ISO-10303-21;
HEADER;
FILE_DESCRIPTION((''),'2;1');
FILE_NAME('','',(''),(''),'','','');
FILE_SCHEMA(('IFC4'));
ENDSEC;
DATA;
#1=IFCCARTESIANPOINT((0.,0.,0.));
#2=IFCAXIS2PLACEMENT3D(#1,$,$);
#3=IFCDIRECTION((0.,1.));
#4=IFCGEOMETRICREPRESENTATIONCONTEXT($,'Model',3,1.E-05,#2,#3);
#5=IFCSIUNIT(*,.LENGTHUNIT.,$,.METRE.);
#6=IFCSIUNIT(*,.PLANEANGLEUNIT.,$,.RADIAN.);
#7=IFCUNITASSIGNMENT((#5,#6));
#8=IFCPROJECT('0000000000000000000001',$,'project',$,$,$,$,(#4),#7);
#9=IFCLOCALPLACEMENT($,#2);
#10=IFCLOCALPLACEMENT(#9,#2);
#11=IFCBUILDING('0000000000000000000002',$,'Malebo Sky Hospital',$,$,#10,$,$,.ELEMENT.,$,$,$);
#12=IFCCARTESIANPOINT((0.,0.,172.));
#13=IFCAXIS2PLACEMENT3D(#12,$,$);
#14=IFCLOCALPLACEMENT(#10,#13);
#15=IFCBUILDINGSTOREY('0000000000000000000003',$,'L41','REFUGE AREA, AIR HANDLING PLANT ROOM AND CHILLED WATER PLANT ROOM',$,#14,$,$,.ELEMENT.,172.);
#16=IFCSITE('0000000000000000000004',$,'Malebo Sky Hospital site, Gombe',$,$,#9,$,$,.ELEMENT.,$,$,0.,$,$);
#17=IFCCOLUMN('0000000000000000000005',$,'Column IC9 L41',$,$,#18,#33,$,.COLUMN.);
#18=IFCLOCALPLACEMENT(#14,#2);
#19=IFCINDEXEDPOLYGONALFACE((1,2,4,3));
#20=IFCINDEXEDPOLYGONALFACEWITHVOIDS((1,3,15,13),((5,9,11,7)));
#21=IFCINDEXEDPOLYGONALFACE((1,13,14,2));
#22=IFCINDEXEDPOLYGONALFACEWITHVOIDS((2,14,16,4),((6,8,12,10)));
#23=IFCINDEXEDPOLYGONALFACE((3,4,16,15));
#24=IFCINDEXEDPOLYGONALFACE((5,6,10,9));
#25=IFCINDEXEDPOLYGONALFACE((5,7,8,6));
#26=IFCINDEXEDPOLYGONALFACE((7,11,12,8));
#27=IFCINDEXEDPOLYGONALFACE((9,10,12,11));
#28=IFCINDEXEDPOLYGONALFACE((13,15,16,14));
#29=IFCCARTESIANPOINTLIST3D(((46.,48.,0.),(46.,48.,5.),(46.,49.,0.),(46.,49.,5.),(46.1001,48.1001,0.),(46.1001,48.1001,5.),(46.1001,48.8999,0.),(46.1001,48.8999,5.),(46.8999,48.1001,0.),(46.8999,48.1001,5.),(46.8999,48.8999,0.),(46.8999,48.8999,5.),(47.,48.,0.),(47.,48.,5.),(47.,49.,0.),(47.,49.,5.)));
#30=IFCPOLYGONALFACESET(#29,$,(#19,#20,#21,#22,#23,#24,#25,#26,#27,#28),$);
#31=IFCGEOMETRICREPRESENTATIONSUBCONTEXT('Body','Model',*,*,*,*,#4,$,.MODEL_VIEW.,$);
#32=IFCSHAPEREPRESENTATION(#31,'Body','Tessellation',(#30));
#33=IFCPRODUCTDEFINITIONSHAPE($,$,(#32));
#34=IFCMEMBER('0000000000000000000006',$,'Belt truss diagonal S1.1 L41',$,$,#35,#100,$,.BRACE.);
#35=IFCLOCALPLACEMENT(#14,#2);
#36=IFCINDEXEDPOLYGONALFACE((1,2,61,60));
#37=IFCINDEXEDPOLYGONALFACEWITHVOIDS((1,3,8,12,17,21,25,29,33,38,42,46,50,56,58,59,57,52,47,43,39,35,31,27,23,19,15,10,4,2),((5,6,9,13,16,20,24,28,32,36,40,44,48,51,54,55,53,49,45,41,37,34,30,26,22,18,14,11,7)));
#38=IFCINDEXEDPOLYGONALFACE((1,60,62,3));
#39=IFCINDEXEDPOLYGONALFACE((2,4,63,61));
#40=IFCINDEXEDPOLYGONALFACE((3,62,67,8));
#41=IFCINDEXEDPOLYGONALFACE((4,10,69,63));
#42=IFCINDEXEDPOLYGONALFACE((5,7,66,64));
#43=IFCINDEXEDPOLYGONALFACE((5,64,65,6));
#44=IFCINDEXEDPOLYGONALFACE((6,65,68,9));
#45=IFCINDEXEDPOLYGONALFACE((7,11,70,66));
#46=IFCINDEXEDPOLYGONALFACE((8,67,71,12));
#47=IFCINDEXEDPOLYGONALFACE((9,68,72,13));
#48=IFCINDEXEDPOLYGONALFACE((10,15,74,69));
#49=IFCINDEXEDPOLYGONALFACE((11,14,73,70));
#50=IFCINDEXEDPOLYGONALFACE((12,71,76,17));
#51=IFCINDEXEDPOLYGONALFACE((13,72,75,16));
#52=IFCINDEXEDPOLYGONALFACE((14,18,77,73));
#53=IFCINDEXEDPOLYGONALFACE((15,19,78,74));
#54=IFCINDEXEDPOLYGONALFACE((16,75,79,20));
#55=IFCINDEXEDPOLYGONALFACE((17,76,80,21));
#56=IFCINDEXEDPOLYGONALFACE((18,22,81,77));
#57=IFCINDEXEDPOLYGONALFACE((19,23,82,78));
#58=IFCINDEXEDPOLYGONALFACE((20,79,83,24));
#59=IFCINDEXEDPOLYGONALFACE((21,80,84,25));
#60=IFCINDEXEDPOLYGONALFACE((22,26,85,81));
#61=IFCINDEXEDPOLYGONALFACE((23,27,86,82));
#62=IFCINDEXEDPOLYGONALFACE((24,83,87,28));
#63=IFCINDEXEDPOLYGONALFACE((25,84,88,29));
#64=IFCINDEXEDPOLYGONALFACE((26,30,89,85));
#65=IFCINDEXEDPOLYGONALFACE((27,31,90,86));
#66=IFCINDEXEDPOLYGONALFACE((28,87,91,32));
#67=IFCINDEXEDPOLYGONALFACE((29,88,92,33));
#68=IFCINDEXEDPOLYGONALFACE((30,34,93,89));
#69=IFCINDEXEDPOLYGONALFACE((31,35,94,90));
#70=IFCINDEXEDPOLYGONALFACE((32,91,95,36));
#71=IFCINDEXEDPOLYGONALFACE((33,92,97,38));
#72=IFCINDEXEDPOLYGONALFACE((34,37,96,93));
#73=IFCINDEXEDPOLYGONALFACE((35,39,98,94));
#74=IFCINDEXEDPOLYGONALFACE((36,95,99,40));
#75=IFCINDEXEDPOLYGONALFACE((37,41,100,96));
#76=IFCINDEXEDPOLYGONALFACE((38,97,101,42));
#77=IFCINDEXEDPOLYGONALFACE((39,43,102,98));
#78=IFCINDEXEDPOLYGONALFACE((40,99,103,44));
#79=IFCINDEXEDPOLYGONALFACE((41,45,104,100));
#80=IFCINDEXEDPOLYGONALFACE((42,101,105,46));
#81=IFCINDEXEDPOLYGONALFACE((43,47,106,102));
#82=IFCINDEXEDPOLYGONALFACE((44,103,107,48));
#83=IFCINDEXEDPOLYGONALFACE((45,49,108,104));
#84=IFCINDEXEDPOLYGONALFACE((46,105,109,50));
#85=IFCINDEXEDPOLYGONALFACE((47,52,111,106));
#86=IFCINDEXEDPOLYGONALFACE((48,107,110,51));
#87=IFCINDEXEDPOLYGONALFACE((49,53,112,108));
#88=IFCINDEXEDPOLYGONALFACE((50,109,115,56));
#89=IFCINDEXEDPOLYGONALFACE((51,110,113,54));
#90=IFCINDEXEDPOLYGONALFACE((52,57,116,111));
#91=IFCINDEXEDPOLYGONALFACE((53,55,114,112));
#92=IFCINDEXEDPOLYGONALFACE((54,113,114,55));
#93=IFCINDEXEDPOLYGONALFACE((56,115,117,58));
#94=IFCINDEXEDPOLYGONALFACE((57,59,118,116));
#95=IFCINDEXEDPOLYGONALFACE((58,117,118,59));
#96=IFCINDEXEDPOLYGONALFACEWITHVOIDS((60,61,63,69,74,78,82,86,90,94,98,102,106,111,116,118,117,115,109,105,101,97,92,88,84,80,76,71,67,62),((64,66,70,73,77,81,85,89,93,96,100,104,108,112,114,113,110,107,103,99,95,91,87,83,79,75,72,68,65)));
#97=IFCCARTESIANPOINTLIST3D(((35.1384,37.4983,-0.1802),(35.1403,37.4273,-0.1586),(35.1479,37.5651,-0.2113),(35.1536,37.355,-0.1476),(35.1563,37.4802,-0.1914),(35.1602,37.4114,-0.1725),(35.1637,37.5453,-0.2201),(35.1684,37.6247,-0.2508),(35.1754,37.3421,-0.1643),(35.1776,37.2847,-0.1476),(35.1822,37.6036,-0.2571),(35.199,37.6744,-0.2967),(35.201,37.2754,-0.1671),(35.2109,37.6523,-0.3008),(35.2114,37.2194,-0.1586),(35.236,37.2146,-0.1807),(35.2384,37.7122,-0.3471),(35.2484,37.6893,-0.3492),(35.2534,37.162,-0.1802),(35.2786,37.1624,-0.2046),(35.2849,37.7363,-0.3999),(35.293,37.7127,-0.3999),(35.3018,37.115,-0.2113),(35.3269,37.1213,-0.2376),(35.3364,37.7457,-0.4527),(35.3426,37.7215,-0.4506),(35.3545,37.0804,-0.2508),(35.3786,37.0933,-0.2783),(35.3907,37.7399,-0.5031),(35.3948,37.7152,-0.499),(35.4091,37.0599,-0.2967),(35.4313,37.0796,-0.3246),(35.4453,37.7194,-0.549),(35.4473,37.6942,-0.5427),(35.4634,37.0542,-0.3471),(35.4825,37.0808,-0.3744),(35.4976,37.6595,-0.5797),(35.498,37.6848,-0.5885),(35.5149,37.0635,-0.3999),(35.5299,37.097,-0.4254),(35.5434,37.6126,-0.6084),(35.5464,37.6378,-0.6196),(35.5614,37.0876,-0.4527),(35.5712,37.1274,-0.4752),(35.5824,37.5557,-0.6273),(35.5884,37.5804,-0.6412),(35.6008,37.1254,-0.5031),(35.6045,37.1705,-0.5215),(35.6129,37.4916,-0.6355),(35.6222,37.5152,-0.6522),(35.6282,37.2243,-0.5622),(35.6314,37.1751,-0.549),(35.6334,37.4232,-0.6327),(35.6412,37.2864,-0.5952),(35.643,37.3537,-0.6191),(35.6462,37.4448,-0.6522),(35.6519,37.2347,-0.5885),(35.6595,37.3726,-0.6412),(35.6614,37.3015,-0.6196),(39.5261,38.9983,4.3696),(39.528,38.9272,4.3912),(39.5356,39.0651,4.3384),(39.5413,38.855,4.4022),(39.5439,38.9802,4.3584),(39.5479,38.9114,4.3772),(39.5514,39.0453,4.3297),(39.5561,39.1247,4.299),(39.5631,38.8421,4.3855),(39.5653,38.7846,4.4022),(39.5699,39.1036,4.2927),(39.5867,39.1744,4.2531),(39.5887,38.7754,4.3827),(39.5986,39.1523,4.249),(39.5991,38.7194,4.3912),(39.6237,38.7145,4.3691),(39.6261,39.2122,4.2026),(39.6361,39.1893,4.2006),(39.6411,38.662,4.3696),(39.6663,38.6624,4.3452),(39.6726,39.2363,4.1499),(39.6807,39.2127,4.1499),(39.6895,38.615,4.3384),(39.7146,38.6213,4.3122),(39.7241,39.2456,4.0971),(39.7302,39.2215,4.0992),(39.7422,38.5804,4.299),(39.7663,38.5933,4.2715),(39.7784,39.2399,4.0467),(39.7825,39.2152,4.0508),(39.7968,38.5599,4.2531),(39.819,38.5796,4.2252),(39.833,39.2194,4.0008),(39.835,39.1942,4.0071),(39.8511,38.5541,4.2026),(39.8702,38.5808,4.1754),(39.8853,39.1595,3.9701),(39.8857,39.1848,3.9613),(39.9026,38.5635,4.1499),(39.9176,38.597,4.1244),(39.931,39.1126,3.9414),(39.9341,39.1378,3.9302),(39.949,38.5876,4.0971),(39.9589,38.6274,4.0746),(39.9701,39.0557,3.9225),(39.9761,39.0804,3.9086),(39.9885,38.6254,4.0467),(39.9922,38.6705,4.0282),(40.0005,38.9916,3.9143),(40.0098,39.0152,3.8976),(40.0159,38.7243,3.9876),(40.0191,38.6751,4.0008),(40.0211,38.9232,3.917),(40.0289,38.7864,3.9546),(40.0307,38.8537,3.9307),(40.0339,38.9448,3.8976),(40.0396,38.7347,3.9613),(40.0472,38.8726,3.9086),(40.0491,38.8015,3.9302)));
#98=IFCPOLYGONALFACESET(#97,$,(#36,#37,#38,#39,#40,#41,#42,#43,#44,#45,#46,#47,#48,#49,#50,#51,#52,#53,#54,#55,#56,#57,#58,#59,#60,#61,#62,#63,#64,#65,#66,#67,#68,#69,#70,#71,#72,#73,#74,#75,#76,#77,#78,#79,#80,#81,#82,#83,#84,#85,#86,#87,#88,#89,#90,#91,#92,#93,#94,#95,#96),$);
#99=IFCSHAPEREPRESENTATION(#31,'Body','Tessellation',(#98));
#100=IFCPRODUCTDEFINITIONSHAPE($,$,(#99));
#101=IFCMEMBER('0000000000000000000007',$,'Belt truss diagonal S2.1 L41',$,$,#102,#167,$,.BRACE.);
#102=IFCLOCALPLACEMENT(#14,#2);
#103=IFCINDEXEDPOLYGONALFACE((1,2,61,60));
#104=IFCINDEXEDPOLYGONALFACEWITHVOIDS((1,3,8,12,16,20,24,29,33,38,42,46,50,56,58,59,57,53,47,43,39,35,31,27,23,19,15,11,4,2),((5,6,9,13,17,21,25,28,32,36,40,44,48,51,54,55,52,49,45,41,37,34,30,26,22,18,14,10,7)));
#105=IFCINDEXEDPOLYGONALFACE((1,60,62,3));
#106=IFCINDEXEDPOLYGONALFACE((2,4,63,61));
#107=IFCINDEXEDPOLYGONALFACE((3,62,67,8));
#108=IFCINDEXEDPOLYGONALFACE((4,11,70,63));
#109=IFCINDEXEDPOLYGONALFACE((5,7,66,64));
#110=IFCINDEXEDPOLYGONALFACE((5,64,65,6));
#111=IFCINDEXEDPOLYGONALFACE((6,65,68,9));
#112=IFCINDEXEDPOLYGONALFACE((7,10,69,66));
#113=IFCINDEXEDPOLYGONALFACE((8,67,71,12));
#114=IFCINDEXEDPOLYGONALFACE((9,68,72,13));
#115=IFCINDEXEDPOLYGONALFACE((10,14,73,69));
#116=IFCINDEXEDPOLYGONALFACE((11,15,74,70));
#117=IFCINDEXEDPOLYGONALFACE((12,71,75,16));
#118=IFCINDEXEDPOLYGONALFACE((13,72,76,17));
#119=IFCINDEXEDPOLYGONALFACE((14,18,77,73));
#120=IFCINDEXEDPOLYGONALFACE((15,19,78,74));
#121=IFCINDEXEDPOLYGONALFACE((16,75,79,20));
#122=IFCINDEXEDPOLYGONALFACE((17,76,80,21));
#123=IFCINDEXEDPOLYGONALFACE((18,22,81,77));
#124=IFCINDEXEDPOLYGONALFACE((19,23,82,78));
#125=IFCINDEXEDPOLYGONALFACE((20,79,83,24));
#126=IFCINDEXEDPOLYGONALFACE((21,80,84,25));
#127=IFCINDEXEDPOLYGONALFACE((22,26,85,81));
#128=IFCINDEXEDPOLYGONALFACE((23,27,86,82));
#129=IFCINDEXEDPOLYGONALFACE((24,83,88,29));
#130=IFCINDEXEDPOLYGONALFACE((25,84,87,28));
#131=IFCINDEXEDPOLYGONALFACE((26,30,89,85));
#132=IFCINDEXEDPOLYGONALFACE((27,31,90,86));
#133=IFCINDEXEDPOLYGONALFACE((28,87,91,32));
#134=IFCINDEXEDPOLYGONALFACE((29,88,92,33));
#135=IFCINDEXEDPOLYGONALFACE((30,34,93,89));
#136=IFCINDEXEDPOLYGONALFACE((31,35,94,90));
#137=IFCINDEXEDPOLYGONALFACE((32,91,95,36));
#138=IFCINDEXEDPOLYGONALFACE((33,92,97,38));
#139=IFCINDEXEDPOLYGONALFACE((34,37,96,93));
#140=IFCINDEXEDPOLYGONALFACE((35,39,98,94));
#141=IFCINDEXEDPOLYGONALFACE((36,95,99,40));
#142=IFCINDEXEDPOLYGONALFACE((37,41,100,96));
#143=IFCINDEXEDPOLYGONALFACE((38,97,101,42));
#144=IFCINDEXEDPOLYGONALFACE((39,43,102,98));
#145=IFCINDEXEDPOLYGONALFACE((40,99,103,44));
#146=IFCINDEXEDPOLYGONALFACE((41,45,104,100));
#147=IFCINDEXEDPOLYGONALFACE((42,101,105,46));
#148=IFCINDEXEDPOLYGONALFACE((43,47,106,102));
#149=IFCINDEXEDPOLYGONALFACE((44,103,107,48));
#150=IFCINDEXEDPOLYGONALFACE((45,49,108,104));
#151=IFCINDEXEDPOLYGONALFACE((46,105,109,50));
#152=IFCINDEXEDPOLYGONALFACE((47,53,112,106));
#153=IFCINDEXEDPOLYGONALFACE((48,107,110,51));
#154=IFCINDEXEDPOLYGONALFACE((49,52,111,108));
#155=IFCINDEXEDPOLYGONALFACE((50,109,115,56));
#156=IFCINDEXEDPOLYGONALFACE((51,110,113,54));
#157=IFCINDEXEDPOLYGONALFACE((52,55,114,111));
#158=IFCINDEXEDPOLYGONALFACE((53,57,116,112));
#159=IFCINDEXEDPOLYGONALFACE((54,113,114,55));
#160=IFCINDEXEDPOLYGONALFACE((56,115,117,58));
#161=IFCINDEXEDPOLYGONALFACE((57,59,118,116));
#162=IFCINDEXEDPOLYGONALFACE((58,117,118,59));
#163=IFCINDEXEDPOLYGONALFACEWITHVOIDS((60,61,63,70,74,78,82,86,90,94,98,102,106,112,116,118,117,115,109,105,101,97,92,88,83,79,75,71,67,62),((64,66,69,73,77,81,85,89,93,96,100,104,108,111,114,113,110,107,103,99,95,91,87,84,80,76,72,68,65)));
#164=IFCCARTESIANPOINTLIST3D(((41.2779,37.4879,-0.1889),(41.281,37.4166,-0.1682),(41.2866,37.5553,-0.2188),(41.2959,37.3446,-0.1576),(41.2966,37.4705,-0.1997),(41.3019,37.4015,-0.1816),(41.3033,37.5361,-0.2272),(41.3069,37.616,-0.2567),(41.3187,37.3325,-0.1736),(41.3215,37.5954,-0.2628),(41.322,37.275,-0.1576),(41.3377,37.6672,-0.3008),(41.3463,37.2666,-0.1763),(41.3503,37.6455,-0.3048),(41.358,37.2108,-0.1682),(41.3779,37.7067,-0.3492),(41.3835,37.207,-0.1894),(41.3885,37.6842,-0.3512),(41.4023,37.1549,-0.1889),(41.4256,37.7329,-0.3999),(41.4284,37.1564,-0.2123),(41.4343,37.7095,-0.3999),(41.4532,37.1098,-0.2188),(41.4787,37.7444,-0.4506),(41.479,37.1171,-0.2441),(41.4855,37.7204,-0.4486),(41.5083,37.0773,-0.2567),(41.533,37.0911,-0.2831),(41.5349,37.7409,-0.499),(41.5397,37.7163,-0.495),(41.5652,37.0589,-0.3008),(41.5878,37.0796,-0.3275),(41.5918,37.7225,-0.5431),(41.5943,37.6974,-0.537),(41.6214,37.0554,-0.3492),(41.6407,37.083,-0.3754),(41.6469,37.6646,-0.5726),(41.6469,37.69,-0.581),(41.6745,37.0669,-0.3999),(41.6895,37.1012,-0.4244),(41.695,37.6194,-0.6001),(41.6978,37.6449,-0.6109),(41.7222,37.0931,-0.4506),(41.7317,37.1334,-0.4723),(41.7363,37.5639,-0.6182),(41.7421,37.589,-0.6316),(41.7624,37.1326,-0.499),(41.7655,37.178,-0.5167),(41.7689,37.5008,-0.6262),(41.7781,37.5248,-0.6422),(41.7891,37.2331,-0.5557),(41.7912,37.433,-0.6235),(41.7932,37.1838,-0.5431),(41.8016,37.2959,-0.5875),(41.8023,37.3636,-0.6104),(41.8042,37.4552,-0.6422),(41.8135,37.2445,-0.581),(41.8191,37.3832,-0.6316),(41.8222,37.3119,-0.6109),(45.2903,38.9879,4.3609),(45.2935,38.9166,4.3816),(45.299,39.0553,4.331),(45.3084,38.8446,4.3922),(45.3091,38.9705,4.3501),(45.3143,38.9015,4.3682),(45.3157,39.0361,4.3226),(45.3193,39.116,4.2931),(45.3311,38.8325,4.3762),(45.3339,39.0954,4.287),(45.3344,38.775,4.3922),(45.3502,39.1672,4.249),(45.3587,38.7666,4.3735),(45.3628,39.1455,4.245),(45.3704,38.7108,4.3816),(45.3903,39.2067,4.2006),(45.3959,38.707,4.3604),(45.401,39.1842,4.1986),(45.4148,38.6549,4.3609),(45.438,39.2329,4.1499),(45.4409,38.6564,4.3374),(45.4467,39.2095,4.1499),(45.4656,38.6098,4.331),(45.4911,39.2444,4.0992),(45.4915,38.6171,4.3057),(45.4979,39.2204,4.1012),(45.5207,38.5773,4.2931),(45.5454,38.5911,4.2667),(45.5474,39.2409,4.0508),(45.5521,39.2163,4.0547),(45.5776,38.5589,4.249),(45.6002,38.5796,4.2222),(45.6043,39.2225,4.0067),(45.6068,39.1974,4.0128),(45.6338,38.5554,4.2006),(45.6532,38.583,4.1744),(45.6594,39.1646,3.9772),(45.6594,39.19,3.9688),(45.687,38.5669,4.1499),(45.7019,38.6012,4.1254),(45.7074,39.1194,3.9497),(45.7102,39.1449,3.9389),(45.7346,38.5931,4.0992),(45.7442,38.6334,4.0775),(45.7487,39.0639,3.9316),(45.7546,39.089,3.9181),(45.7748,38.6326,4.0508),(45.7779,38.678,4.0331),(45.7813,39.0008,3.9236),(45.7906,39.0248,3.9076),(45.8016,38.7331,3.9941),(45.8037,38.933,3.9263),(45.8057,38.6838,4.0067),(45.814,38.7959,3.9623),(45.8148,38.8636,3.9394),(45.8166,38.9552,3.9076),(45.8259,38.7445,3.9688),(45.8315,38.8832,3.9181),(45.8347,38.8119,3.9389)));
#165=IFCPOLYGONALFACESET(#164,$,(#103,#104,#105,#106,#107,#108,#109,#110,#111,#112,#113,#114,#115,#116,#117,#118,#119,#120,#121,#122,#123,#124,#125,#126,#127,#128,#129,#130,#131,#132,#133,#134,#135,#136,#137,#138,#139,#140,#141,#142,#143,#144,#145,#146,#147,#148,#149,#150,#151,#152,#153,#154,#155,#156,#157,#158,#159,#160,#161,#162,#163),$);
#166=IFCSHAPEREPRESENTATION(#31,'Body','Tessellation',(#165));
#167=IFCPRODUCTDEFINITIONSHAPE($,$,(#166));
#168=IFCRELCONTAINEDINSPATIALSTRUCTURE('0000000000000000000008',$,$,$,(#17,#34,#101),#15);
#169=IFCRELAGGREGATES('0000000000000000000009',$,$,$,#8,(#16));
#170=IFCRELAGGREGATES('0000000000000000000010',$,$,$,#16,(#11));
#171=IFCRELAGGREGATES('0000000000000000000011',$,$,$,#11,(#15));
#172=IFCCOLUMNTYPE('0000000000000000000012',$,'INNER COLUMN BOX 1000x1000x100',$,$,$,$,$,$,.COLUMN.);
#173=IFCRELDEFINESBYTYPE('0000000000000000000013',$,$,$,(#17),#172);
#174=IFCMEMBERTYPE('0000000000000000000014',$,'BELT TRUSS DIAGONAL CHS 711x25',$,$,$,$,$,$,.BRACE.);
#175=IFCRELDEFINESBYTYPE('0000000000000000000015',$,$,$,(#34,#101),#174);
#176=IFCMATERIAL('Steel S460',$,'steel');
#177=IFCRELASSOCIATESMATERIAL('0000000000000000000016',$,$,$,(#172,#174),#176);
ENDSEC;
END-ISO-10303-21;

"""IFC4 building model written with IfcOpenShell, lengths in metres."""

from ifc_helpers import new_model, si_unit, direction, frame, origin, origin_2d, place, context, subcontext, project, spatial, hollow_rectangle, hollow_circle, extrude, material, material_profile, profile_set, type_object, element, save


model = new_model("IFC4")

# Units and contexts
model_context = context("Model", 3, precision=1e-05, world=origin(), true_north=direction((0.0, 1.0)))
body_context = subcontext(model_context, "Body", "Model", "MODEL_VIEW")
ifc_project = project(units=[si_unit("LENGTHUNIT", "METRE"), si_unit("PLANEANGLEUNIT", "RADIAN")], contexts=[model_context])

# Site, building, storey
site_placement = place(None, origin())
site = spatial("IfcSite", under=ifc_project, at=site_placement, Name="Malebo Sky Hospital site, Gombe", CompositionType="ELEMENT", RefElevation=0.0)
building_placement = place(site_placement, origin())
building = spatial("IfcBuilding", under=site, at=building_placement, Name="Malebo Sky Hospital", CompositionType="ELEMENT")
storey_placement = place(building_placement, frame((0.0, 0.0, 172.0)))
storey = spatial("IfcBuildingStorey", under=building, at=storey_placement, Name="L41", Description="REFUGE AREA, AIR HANDLING PLANT ROOM AND CHILLED WATER PLANT ROOM", CompositionType="ELEMENT", Elevation=172.0)

# Column
ifc_material_1 = material(Name="Steel S460", Category="steel")
ifc_material_profile_1 = material_profile(ifc_material_1, hollow_rectangle(XDim=1.0, YDim=1.0, WallThickness=0.1001, at=origin_2d()), Name="BOX 1000x1000x100")
ifc_profile_set_1 = profile_set([ifc_material_profile_1], Name="Steel S460")
column_type = type_object("IfcColumnType", Name="INNER COLUMN BOX 1000x1000x100", PredefinedType="COLUMN", material=ifc_profile_set_1)
column_placement = place(storey_placement, frame((46.5, 48.5, 0.0), z_axis=(0.0, 0.0, 1.0), x_axis=(1.0, 0.0, 0.0)))
element("IfcColumn", 1, at=column_placement, inside=storey, type_object=column_type, Name="Column IC9 L41", PredefinedType="COLUMN", context=body_context, shape_type="SweptSolid", body=[
    extrude(hollow_rectangle(XDim=1.0, YDim=1.0, WallThickness=0.1001, at=origin_2d()), origin(), (0.0, 0.0, 1.0), 5.0),
])

# Members
ifc_material_profile_2 = material_profile(ifc_material_1, hollow_circle(Radius=0.3555, WallThickness=0.0249, at=origin_2d()), Name="CHS 711x25")
ifc_profile_set_2 = profile_set([ifc_material_profile_2], Name="Steel S460")
member_type_1 = type_object("IfcMemberType", Name="BELT TRUSS DIAGONAL CHS 711x25", PredefinedType="BRACE", material=ifc_profile_set_2)
member_1_placement = place(storey_placement, frame((35.3999, 37.3999, -0.3999), z_axis=(0.675409, 0.230899, 0.700363), x_axis=(-0.323484, 0.946234, 0.0)))
element("IfcMember", 2, at=member_1_placement, inside=storey, type_object=member_type_1, Name="Belt truss diagonal S1.1 L41", PredefinedType="BRACE", context=body_context, shape_type="SweptSolid", body=[
    extrude(hollow_circle(Radius=0.3555, WallThickness=0.0249, at=origin_2d()), origin(), (0.0, 0.0, 1.0), 6.4963),
])
member_2_placement = place(storey_placement, frame((41.55, 37.3999, -0.3999), z_axis=(0.642091, 0.240037, 0.728081), x_axis=(-0.350168, 0.936687, 0.0)))
element("IfcMember", 3, at=member_2_placement, inside=storey, type_object=member_type_1, Name="Belt truss diagonal S2.1 L41", PredefinedType="BRACE", context=body_context, shape_type="SweptSolid", body=[
    extrude(hollow_circle(Radius=0.3555, WallThickness=0.0249, at=origin_2d()), origin(), (0.0, 0.0, 1.0), 6.249),
])

save(model, "model.ifc")
